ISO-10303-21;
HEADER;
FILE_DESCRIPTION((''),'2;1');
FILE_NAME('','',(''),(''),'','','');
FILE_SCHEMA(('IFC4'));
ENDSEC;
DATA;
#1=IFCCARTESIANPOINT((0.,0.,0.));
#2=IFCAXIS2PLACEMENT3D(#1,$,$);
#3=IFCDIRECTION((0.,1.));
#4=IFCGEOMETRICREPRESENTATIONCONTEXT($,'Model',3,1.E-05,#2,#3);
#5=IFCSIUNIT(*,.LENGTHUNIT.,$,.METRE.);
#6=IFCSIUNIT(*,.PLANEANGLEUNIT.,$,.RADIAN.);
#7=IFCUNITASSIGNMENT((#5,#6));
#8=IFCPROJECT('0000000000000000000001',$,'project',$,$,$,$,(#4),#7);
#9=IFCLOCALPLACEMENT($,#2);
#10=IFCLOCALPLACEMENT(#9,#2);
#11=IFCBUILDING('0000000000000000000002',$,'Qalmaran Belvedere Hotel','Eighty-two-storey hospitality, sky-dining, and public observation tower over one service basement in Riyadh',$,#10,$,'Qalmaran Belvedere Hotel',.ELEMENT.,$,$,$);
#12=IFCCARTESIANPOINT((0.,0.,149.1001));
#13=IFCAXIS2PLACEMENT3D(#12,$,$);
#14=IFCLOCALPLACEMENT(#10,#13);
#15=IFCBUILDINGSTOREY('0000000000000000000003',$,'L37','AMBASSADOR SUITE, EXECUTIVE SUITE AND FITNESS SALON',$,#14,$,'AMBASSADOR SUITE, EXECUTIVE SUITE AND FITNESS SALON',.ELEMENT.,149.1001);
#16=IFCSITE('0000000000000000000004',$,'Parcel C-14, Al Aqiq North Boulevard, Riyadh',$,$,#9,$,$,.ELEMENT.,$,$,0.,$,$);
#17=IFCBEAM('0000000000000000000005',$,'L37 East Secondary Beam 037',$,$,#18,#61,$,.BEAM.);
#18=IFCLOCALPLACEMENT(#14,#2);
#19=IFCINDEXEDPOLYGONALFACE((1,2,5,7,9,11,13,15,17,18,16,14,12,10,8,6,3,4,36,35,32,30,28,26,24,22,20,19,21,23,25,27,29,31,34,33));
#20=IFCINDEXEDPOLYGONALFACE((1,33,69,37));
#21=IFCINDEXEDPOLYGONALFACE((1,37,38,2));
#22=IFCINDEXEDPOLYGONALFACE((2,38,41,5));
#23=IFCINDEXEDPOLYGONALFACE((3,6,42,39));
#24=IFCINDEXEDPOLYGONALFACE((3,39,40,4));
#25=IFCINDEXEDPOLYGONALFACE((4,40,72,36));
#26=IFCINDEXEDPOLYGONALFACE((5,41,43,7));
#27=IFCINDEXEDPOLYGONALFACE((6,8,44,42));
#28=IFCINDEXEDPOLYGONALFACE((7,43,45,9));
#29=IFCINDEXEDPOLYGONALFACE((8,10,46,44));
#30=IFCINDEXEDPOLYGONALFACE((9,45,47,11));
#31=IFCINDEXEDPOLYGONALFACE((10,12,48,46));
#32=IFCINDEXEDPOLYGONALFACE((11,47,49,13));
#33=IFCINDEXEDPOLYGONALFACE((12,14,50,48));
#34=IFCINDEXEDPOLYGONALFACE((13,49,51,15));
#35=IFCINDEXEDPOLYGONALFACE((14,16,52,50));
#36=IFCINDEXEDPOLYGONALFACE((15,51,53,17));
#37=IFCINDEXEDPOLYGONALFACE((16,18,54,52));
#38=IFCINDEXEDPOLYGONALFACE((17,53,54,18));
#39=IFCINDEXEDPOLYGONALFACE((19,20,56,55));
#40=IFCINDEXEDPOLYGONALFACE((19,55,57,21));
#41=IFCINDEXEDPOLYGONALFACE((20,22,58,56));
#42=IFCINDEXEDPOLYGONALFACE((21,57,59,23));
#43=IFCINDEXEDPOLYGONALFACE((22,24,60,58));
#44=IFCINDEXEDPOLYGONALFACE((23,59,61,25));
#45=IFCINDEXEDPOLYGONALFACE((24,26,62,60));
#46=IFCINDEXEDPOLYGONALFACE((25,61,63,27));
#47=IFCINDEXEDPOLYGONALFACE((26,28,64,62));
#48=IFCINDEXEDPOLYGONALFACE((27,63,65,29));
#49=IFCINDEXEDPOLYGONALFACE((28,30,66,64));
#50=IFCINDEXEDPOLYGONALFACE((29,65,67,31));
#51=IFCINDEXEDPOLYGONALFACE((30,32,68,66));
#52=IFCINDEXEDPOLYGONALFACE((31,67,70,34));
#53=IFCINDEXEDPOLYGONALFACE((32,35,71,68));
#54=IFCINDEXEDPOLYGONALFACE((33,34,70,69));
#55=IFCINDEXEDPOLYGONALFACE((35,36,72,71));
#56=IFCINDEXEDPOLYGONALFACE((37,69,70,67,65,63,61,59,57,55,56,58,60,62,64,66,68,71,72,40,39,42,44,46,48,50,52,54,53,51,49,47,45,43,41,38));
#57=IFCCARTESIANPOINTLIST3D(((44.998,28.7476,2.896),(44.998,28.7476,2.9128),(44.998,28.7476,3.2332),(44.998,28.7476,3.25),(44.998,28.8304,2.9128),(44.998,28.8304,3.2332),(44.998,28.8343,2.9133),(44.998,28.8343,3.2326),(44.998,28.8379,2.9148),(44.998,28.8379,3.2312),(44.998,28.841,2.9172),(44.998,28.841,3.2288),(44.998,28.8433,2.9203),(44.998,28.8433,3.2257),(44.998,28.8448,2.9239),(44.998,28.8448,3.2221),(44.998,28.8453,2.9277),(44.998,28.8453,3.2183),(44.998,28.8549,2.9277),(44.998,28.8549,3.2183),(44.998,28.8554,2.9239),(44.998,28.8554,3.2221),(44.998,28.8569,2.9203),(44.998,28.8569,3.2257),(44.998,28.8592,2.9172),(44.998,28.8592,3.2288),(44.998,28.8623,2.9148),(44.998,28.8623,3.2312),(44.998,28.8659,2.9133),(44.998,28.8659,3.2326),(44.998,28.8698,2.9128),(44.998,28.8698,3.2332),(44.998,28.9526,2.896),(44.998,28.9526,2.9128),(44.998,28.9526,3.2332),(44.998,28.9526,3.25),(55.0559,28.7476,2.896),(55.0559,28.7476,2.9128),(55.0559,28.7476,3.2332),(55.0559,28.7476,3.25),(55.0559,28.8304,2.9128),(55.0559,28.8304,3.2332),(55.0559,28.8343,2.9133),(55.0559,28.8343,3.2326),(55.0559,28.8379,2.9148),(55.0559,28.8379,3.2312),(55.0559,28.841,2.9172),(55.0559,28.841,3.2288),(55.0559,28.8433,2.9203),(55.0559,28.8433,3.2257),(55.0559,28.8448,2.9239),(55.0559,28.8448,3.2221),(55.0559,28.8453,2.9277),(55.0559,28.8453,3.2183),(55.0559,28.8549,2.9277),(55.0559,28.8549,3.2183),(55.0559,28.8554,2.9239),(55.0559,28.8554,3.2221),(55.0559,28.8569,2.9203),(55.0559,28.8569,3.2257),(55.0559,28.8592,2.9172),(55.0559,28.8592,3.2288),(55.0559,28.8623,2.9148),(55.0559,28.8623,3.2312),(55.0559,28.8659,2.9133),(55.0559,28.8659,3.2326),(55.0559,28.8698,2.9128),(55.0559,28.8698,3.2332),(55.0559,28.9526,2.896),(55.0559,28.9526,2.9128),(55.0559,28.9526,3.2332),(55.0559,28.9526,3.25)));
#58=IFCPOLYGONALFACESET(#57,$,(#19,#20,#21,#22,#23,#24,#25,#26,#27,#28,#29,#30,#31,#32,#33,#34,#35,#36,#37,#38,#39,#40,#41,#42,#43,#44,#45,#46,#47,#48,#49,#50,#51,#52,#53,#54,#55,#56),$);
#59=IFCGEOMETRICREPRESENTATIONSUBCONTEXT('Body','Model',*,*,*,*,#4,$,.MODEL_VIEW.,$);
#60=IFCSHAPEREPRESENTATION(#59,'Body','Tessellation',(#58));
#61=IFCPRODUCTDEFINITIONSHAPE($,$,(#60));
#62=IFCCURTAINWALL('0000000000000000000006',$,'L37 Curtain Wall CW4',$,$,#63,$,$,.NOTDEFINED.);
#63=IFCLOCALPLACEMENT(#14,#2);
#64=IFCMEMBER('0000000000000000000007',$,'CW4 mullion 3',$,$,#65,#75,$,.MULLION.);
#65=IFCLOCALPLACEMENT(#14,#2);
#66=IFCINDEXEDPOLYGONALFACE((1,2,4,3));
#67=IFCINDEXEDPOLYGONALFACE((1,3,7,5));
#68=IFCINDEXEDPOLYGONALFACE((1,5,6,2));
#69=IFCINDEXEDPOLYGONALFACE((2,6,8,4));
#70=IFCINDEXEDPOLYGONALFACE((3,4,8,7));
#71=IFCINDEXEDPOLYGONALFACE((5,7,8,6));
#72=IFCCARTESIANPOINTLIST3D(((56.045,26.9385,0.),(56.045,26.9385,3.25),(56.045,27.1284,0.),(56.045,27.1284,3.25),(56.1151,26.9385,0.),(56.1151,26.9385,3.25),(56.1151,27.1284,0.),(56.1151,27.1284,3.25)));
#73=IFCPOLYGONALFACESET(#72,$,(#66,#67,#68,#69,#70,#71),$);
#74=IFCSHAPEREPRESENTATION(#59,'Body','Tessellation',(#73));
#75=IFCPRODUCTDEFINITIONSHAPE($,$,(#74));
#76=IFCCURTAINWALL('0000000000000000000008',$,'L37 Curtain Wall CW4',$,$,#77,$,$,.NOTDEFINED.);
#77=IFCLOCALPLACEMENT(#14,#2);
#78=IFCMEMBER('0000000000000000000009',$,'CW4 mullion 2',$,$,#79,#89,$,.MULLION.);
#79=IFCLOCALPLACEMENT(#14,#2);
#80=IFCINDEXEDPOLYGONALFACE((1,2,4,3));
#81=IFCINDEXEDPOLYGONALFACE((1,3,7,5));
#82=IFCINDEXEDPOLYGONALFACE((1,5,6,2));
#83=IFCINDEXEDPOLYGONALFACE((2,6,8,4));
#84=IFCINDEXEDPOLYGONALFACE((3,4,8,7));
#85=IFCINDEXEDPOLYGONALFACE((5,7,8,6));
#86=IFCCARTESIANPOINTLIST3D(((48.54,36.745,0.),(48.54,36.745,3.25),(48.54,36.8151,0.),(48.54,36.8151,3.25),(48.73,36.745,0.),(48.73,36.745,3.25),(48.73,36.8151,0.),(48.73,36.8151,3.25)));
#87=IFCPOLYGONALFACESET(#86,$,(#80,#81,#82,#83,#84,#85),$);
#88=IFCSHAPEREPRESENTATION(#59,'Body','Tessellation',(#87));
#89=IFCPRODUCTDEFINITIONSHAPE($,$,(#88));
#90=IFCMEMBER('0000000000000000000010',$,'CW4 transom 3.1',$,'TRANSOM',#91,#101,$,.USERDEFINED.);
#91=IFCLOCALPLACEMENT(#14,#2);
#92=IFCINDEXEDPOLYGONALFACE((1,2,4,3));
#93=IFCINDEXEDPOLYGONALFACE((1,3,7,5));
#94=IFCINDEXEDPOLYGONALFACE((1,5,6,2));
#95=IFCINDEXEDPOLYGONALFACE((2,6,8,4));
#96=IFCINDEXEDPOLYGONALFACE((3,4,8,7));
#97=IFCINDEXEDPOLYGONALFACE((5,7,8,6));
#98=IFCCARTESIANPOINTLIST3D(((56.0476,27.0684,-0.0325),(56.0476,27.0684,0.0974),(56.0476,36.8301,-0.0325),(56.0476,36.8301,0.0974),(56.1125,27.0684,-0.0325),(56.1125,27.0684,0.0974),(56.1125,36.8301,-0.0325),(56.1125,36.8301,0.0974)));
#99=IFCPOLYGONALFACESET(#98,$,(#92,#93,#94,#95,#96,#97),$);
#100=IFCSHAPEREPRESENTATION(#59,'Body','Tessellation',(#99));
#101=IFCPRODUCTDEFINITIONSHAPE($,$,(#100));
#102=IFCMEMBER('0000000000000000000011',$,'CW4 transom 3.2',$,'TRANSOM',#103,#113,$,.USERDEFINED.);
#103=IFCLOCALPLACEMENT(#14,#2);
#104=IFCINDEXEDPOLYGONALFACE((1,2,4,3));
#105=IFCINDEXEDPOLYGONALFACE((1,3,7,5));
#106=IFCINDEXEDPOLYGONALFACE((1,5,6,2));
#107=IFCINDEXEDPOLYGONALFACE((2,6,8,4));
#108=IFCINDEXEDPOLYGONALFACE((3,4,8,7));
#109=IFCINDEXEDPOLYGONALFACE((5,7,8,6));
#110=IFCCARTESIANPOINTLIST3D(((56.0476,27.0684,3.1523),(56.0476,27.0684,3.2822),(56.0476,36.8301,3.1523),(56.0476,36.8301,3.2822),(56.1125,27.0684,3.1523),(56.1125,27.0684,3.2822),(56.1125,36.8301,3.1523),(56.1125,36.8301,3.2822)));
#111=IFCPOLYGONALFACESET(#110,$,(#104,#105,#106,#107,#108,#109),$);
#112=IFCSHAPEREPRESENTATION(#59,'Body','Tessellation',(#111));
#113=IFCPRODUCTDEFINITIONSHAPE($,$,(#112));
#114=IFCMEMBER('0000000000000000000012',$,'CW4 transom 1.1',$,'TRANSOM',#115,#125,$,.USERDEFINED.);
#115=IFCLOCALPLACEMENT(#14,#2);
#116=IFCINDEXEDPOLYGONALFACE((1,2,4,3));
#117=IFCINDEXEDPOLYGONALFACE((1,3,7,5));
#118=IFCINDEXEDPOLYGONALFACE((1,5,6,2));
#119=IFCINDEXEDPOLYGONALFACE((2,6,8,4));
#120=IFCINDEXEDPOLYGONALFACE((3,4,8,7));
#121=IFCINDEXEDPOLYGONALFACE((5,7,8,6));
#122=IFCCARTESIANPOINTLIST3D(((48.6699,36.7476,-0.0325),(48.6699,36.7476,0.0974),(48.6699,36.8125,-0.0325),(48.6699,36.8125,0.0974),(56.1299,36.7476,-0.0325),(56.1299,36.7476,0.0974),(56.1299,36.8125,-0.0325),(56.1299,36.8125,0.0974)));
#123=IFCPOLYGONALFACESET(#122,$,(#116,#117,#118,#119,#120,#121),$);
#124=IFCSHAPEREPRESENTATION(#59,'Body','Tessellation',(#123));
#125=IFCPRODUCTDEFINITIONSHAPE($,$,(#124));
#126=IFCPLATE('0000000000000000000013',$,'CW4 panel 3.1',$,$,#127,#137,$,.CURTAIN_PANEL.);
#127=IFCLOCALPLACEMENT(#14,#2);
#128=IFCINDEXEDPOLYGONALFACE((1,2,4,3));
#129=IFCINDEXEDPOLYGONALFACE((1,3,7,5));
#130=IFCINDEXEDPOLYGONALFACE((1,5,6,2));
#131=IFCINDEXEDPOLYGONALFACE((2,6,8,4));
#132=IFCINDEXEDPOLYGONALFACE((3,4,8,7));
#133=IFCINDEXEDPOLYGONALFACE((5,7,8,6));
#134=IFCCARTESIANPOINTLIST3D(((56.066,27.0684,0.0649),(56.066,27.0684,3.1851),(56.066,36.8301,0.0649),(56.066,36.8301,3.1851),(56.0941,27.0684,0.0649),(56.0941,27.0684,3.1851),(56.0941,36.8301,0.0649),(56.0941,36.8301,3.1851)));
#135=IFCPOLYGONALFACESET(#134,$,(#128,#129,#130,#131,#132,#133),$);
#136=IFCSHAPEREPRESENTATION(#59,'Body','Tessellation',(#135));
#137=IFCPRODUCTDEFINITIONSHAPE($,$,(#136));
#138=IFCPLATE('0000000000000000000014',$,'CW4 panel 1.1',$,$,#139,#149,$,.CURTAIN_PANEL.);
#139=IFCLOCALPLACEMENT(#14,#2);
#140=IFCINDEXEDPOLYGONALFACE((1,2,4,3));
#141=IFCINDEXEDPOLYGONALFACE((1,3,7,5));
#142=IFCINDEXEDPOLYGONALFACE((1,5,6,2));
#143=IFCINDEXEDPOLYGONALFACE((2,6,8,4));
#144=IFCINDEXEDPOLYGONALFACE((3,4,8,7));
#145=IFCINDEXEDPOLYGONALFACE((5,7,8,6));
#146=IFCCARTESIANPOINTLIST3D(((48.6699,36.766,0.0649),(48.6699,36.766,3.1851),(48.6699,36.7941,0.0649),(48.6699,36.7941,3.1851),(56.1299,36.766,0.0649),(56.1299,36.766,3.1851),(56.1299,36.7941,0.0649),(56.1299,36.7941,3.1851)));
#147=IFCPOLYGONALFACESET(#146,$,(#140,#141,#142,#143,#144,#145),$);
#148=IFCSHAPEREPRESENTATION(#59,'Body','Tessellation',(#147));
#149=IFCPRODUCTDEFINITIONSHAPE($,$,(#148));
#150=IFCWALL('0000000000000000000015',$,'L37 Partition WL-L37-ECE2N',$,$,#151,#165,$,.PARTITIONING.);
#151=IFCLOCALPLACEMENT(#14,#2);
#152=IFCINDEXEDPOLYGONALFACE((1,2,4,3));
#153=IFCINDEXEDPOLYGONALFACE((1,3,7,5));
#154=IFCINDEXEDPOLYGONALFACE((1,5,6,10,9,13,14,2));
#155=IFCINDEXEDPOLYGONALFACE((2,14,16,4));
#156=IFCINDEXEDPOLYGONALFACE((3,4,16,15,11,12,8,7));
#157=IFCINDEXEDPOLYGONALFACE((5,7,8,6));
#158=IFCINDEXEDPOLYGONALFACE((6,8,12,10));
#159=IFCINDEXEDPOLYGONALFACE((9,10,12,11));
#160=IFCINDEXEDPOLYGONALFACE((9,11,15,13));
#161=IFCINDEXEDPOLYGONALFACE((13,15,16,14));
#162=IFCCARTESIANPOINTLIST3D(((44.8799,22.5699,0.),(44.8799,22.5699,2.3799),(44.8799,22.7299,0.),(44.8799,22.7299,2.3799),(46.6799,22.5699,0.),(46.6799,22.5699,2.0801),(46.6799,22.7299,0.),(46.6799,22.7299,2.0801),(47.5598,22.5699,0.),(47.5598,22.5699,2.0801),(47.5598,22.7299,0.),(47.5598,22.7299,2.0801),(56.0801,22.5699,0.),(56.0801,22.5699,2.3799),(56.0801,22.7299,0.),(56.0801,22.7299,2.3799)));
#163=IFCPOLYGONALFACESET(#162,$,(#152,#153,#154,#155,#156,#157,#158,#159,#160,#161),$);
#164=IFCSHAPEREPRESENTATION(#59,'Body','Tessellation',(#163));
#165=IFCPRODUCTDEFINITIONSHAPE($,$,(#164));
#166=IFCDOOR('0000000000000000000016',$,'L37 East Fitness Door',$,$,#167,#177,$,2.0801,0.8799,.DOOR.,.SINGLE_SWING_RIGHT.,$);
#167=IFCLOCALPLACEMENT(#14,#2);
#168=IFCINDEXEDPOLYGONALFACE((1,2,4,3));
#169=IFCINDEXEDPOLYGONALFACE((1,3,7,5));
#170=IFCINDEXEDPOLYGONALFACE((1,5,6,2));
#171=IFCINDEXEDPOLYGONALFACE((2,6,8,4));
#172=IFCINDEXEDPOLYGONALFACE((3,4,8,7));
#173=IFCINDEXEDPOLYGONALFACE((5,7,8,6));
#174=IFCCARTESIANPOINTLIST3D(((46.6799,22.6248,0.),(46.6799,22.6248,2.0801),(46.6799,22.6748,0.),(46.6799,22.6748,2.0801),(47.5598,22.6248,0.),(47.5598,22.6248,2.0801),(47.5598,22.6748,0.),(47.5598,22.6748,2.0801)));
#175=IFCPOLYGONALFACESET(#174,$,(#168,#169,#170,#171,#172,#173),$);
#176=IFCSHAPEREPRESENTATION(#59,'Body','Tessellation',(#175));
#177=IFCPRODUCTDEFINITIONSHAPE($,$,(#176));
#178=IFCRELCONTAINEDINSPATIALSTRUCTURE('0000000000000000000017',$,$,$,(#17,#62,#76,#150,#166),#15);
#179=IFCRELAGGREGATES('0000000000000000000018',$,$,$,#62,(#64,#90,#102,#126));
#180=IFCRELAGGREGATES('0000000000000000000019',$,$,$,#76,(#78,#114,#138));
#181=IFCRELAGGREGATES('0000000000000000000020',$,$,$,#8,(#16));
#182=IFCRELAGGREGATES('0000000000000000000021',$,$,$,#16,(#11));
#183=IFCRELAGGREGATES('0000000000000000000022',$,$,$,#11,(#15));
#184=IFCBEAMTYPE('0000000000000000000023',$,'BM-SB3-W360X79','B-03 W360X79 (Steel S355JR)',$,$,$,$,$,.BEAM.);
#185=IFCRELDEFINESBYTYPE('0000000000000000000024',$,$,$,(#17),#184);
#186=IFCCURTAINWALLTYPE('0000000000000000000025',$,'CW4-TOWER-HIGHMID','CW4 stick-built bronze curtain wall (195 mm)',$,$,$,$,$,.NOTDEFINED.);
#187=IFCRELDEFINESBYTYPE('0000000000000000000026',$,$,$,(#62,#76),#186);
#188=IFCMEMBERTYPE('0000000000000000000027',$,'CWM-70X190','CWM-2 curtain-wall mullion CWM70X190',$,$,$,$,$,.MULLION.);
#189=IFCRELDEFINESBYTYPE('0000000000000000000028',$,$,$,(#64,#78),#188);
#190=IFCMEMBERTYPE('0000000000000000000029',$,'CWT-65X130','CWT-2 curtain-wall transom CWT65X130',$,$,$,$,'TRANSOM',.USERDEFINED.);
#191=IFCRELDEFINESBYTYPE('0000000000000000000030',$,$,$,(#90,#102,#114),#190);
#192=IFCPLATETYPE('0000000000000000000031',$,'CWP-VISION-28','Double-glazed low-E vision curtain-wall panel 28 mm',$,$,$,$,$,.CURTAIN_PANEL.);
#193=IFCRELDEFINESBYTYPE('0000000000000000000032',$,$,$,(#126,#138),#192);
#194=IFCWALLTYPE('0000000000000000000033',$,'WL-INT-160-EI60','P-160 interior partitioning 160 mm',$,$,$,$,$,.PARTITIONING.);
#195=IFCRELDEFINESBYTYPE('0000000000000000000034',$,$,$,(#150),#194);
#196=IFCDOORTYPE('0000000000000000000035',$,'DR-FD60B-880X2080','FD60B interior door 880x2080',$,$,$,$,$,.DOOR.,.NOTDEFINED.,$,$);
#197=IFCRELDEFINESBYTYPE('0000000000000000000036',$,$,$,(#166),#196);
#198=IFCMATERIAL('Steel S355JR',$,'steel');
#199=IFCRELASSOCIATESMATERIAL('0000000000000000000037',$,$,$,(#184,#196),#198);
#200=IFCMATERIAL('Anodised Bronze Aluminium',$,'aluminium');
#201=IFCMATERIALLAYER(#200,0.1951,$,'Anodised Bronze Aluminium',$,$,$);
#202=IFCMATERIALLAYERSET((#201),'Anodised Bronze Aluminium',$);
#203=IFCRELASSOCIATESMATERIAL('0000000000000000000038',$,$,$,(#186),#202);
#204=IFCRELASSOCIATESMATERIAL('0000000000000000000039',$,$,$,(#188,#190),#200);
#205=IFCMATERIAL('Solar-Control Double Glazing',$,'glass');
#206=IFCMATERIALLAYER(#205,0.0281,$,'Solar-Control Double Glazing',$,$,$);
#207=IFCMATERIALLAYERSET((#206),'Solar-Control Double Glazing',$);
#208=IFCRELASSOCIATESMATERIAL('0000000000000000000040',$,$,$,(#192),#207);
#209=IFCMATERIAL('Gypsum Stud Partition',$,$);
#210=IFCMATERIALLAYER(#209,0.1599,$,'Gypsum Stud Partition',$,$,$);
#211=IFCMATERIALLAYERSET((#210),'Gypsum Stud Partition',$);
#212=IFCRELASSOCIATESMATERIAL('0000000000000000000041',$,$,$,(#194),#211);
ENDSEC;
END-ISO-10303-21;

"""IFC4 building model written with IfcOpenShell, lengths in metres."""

from ifc_helpers import new_model, si_unit, direction, frame, frame_2d, origin, origin_2d, place, context, subcontext, project, spatial, rectangle, i_section, extrude, material, layer, layer_set, material_profile, profile_set, type_object, element, fill, aggregate, save


model = new_model("IFC4")

# Units and contexts
model_context = context("Model", 3, precision=1e-05, world=origin(), true_north=direction((0.0, 1.0)))
body_context = subcontext(model_context, "Body", "Model", "MODEL_VIEW")
ifc_project = project(units=[si_unit("LENGTHUNIT", "METRE"), si_unit("PLANEANGLEUNIT", "RADIAN")], contexts=[model_context])

# Site, building, storey
site_placement = place(None, origin())
site = spatial("IfcSite", under=ifc_project, at=site_placement, Name="Parcel C-14, Al Aqiq North Boulevard, Riyadh", CompositionType="ELEMENT", RefElevation=0.0)
building_placement = place(site_placement, origin())
building = spatial("IfcBuilding", under=site, at=building_placement, Name="Qalmaran Belvedere Hotel", Description="Eighty-two-storey hospitality, sky-dining, and public observation tower over one service basement in Riyadh", LongName="Qalmaran Belvedere Hotel", CompositionType="ELEMENT")
storey_placement = place(building_placement, frame((0.0, 0.0, 149.1001)))
storey = spatial("IfcBuildingStorey", under=building, at=storey_placement, Name="L37", Description="AMBASSADOR SUITE, EXECUTIVE SUITE AND FITNESS SALON", LongName="AMBASSADOR SUITE, EXECUTIVE SUITE AND FITNESS SALON", CompositionType="ELEMENT", Elevation=149.1001)

# Beam
ifc_material_1 = material(Name="Steel S355JR", Category="steel")
ifc_material_profile_1 = material_profile(ifc_material_1, i_section(OverallWidth=0.2051, OverallDepth=0.354, WebThickness=0.0095, FlangeThickness=0.0168, FilletRadius=0.0149, at=origin_2d()), Name="W360X79")
ifc_profile_set_1 = profile_set([ifc_material_profile_1], Name="Steel S355JR")
beam_type_1 = type_object("IfcBeamType", Name="BM-SB3-W360X79", Description="B-03 W360X79 (Steel S355JR)", PredefinedType="BEAM", material=ifc_profile_set_1)
for number, where, z_axis, x_axis, name in (
    (1, (44.998, 28.8501, 3.073), (1.0, 0.0, 0.0), (0.0, 1.0, 0.0), "L37 East Secondary Beam 037"),
):
    element("IfcBeam", number, at=place(storey_placement, frame(where, z_axis=z_axis, x_axis=x_axis)), inside=storey, type_object=beam_type_1, Name=name, PredefinedType="BEAM", context=body_context, shape_type="SweptSolid", body=[
        extrude(i_section(OverallWidth=0.2051, OverallDepth=0.354, WebThickness=0.0095, FlangeThickness=0.0168, FilletRadius=0.0149, at=origin_2d()), origin(), (0.0, 0.0, 1.0), 10.0579),
    ])

# Curtain walls, members
ifc_material_2 = material(Name="Anodised Bronze Aluminium", Category="aluminium")
ifc_layer_1 = layer(ifc_material_2, 0.1951, Name="Anodised Bronze Aluminium")
ifc_layer_set_1 = layer_set([ifc_layer_1], Name="Anodised Bronze Aluminium")
curtain_wall_type = type_object("IfcCurtainWallType", Name="CW4-TOWER-HIGHMID", Description="CW4 stick-built bronze curtain wall (195 mm)", PredefinedType="NOTDEFINED", material=ifc_layer_set_1)
curtain_wall_1_placement = place(storey_placement, origin())
curtain_wall_1 = element("IfcCurtainWall", 2, at=curtain_wall_1_placement, inside=storey, type_object=curtain_wall_type, Name="L37 Curtain Wall CW4", PredefinedType="NOTDEFINED")
ifc_material_profile_2 = material_profile(ifc_material_2, rectangle(XDim=0.0701, YDim=0.1899, at=origin_2d()), Name="CWM70X190")
ifc_profile_set_2 = profile_set([ifc_material_profile_2], Name="Anodised Bronze Aluminium")
member_type_1 = type_object("IfcMemberType", Name="CWM-70X190", Description="CWM-2 curtain-wall mullion CWM70X190", PredefinedType="MULLION", material=ifc_profile_set_2)
member_1_placement = place(storey_placement, frame((56.0801, 27.0334, 0.0), z_axis=(0.0, 0.0, 1.0), x_axis=(-1.0, 0.0, 0.0)))
member_1 = element("IfcMember", 3, at=member_1_placement, type_object=member_type_1, Name="CW4 mullion 3", PredefinedType="MULLION", context=body_context, shape_type="SweptSolid", body=[
    extrude(rectangle(XDim=0.0701, YDim=0.1899, at=origin_2d()), origin(), (0.0, 0.0, 1.0), 3.25),
])
curtain_wall_2_placement = place(storey_placement, origin())
curtain_wall_2 = element("IfcCurtainWall", 4, at=curtain_wall_2_placement, inside=storey, type_object=curtain_wall_type, Name="L37 Curtain Wall CW4", PredefinedType="NOTDEFINED")
member_2_placement = place(storey_placement, frame((48.635, 36.78, 0.0), z_axis=(0.0, 0.0, 1.0), x_axis=(0.0, -1.0, 0.0)))
member_2 = element("IfcMember", 5, at=member_2_placement, type_object=member_type_1, Name="CW4 mullion 2", PredefinedType="MULLION", context=body_context, shape_type="SweptSolid", body=[
    extrude(rectangle(XDim=0.0701, YDim=0.1899, at=origin_2d()), origin(), (0.0, 0.0, 1.0), 3.25),
])

# Members
ifc_material_profile_3 = material_profile(ifc_material_2, rectangle(XDim=0.0649, YDim=0.1299, at=origin_2d()), Name="CWT65X130")
ifc_profile_set_3 = profile_set([ifc_material_profile_3], Name="Anodised Bronze Aluminium")
member_type_2 = type_object("IfcMemberType", Name="CWT-65X130", Description="CWT-2 curtain-wall transom CWT65X130", ElementType="TRANSOM", PredefinedType="USERDEFINED", material=ifc_profile_set_3)
member_3_placement = place(storey_placement, frame((56.0801, 27.0684, 0.0325), z_axis=(0.0, 1.0, 0.0), x_axis=(-1.0, 0.0, 0.0)))
member_3 = element("IfcMember", 6, at=member_3_placement, type_object=member_type_2, Name="CW4 transom 3.1", ObjectType="TRANSOM", PredefinedType="USERDEFINED", context=body_context, shape_type="SweptSolid", body=[
    extrude(rectangle(XDim=0.0649, YDim=0.1299, at=origin_2d()), origin(), (0.0, 0.0, 1.0), 9.7617),
])
member_4_placement = place(storey_placement, frame((56.0801, 27.0684, 3.2173), z_axis=(0.0, 1.0, 0.0), x_axis=(-1.0, 0.0, 0.0)))
member_4 = element("IfcMember", 7, at=member_4_placement, type_object=member_type_2, Name="CW4 transom 3.2", ObjectType="TRANSOM", PredefinedType="USERDEFINED", context=body_context, shape_type="SweptSolid", body=[
    extrude(rectangle(XDim=0.0649, YDim=0.1299, at=origin_2d()), origin(), (0.0, 0.0, 1.0), 9.7617),
])
member_5_placement = place(storey_placement, frame((56.1299, 36.78, 0.0325), z_axis=(-1.0, 0.0, 0.0), x_axis=(0.0, -1.0, 0.0)))
member_5 = element("IfcMember", 8, at=member_5_placement, type_object=member_type_2, Name="CW4 transom 1.1", ObjectType="TRANSOM", PredefinedType="USERDEFINED", context=body_context, shape_type="SweptSolid", body=[
    extrude(rectangle(XDim=0.0649, YDim=0.1299, at=origin_2d()), origin(), (0.0, 0.0, 1.0), 7.46),
])

# Plates
ifc_material_3 = material(Name="Solar-Control Double Glazing", Category="glass")
ifc_layer_2 = layer(ifc_material_3, 0.0281, Name="Solar-Control Double Glazing")
ifc_layer_set_2 = layer_set([ifc_layer_2], Name="Solar-Control Double Glazing")
plate_type = type_object("IfcPlateType", Name="CWP-VISION-28", Description="Double-glazed low-E vision curtain-wall panel 28 mm", PredefinedType="CURTAIN_PANEL", material=ifc_layer_set_2)
plate_1_placement = place(storey_placement, frame((56.0801, 31.9492, 0.0649), z_axis=(0.0, 0.0, 1.0), x_axis=(0.0, 1.0, 0.0)))
plate_1 = element("IfcPlate", 9, at=plate_1_placement, type_object=plate_type, Name="CW4 panel 3.1", PredefinedType="CURTAIN_PANEL", context=body_context, shape_type="SweptSolid", body=[
    extrude(rectangle(XDim=9.7617, YDim=0.0281, at=origin_2d()), origin(), (0.0, 0.0, 1.0), 3.1201),
])
aggregate(curtain_wall_1, [member_1, member_3, member_4, plate_1])
plate_2_placement = place(storey_placement, frame((52.3999, 36.78, 0.0649), z_axis=(0.0, 0.0, 1.0), x_axis=(-1.0, 0.0, 0.0)))
plate_2 = element("IfcPlate", 10, at=plate_2_placement, type_object=plate_type, Name="CW4 panel 1.1", PredefinedType="CURTAIN_PANEL", context=body_context, shape_type="SweptSolid", body=[
    extrude(rectangle(XDim=7.46, YDim=0.0281, at=origin_2d()), origin(), (0.0, 0.0, 1.0), 3.1201),
])
aggregate(curtain_wall_2, [member_2, member_5, plate_2])

# Wall, opening, door
ifc_material_4 = material(Name="Gypsum Stud Partition")
ifc_layer_3 = layer(ifc_material_4, 0.1599, Name="Gypsum Stud Partition")
ifc_layer_set_3 = layer_set([ifc_layer_3], Name="Gypsum Stud Partition")
wall_type_1 = type_object("IfcWallType", Name="WL-INT-160-EI60", Description="P-160 interior partitioning 160 mm", PredefinedType="PARTITIONING", material=ifc_layer_set_3)
wall_1_placement = place(storey_placement, frame((44.8799, 22.6499, 0.0), z_axis=(0.0, 0.0, 1.0), x_axis=(1.0, 0.0, 0.0)))
wall_1 = element("IfcWall", 11, at=wall_1_placement, inside=storey, type_object=wall_type_1, Name="L37 Partition WL-L37-ECE2N", PredefinedType="PARTITIONING", context=body_context, shape_type="SweptSolid", body=[
    extrude(rectangle(XDim=11.2002, YDim=0.1599, at=frame_2d((5.6001, 0.0))), origin(), (0.0, 0.0, 1.0), 2.3799),
])
opening_placement = place(wall_1_placement, frame((1.8, 0.0, 0.0)))
opening = element("IfcOpeningElement", 12, at=opening_placement, cuts=wall_1, PredefinedType="OPENING", context=body_context, shape_type="SweptSolid", body=[
    extrude(rectangle(XDim=0.8799, YDim=2.0801, at=frame_2d((0.4399, 1.04))), frame((0.0, 0.0898, 0.0), z_axis=(0.0, -1.0, 0.0), x_axis=(1.0, 0.0, 0.0)), (0.0, 0.0, 1.0), 0.1799),
])
door_type = type_object("IfcDoorType", Name="DR-FD60B-880X2080", Description="FD60B interior door 880x2080", OperationType="NOTDEFINED", PredefinedType="DOOR", material=ifc_material_1)
door_placement = place(opening_placement, origin())
door = element("IfcDoor", 13, at=door_placement, inside=storey, type_object=door_type, Name="L37 East Fitness Door", OperationType="SINGLE_SWING_RIGHT", OverallHeight=2.0801, OverallWidth=0.8799, PredefinedType="DOOR", context=body_context, shape_type="SweptSolid", body=[
    extrude(rectangle(XDim=0.8799, YDim=2.0801, at=frame_2d((0.4399, 1.04))), frame((0.0, 0.0249, 0.0), z_axis=(0.0, -1.0, 0.0), x_axis=(1.0, 0.0, 0.0)), (0.0, 0.0, 1.0), 0.05),
])
fill(opening, door)

save(model, "model.ifc")
